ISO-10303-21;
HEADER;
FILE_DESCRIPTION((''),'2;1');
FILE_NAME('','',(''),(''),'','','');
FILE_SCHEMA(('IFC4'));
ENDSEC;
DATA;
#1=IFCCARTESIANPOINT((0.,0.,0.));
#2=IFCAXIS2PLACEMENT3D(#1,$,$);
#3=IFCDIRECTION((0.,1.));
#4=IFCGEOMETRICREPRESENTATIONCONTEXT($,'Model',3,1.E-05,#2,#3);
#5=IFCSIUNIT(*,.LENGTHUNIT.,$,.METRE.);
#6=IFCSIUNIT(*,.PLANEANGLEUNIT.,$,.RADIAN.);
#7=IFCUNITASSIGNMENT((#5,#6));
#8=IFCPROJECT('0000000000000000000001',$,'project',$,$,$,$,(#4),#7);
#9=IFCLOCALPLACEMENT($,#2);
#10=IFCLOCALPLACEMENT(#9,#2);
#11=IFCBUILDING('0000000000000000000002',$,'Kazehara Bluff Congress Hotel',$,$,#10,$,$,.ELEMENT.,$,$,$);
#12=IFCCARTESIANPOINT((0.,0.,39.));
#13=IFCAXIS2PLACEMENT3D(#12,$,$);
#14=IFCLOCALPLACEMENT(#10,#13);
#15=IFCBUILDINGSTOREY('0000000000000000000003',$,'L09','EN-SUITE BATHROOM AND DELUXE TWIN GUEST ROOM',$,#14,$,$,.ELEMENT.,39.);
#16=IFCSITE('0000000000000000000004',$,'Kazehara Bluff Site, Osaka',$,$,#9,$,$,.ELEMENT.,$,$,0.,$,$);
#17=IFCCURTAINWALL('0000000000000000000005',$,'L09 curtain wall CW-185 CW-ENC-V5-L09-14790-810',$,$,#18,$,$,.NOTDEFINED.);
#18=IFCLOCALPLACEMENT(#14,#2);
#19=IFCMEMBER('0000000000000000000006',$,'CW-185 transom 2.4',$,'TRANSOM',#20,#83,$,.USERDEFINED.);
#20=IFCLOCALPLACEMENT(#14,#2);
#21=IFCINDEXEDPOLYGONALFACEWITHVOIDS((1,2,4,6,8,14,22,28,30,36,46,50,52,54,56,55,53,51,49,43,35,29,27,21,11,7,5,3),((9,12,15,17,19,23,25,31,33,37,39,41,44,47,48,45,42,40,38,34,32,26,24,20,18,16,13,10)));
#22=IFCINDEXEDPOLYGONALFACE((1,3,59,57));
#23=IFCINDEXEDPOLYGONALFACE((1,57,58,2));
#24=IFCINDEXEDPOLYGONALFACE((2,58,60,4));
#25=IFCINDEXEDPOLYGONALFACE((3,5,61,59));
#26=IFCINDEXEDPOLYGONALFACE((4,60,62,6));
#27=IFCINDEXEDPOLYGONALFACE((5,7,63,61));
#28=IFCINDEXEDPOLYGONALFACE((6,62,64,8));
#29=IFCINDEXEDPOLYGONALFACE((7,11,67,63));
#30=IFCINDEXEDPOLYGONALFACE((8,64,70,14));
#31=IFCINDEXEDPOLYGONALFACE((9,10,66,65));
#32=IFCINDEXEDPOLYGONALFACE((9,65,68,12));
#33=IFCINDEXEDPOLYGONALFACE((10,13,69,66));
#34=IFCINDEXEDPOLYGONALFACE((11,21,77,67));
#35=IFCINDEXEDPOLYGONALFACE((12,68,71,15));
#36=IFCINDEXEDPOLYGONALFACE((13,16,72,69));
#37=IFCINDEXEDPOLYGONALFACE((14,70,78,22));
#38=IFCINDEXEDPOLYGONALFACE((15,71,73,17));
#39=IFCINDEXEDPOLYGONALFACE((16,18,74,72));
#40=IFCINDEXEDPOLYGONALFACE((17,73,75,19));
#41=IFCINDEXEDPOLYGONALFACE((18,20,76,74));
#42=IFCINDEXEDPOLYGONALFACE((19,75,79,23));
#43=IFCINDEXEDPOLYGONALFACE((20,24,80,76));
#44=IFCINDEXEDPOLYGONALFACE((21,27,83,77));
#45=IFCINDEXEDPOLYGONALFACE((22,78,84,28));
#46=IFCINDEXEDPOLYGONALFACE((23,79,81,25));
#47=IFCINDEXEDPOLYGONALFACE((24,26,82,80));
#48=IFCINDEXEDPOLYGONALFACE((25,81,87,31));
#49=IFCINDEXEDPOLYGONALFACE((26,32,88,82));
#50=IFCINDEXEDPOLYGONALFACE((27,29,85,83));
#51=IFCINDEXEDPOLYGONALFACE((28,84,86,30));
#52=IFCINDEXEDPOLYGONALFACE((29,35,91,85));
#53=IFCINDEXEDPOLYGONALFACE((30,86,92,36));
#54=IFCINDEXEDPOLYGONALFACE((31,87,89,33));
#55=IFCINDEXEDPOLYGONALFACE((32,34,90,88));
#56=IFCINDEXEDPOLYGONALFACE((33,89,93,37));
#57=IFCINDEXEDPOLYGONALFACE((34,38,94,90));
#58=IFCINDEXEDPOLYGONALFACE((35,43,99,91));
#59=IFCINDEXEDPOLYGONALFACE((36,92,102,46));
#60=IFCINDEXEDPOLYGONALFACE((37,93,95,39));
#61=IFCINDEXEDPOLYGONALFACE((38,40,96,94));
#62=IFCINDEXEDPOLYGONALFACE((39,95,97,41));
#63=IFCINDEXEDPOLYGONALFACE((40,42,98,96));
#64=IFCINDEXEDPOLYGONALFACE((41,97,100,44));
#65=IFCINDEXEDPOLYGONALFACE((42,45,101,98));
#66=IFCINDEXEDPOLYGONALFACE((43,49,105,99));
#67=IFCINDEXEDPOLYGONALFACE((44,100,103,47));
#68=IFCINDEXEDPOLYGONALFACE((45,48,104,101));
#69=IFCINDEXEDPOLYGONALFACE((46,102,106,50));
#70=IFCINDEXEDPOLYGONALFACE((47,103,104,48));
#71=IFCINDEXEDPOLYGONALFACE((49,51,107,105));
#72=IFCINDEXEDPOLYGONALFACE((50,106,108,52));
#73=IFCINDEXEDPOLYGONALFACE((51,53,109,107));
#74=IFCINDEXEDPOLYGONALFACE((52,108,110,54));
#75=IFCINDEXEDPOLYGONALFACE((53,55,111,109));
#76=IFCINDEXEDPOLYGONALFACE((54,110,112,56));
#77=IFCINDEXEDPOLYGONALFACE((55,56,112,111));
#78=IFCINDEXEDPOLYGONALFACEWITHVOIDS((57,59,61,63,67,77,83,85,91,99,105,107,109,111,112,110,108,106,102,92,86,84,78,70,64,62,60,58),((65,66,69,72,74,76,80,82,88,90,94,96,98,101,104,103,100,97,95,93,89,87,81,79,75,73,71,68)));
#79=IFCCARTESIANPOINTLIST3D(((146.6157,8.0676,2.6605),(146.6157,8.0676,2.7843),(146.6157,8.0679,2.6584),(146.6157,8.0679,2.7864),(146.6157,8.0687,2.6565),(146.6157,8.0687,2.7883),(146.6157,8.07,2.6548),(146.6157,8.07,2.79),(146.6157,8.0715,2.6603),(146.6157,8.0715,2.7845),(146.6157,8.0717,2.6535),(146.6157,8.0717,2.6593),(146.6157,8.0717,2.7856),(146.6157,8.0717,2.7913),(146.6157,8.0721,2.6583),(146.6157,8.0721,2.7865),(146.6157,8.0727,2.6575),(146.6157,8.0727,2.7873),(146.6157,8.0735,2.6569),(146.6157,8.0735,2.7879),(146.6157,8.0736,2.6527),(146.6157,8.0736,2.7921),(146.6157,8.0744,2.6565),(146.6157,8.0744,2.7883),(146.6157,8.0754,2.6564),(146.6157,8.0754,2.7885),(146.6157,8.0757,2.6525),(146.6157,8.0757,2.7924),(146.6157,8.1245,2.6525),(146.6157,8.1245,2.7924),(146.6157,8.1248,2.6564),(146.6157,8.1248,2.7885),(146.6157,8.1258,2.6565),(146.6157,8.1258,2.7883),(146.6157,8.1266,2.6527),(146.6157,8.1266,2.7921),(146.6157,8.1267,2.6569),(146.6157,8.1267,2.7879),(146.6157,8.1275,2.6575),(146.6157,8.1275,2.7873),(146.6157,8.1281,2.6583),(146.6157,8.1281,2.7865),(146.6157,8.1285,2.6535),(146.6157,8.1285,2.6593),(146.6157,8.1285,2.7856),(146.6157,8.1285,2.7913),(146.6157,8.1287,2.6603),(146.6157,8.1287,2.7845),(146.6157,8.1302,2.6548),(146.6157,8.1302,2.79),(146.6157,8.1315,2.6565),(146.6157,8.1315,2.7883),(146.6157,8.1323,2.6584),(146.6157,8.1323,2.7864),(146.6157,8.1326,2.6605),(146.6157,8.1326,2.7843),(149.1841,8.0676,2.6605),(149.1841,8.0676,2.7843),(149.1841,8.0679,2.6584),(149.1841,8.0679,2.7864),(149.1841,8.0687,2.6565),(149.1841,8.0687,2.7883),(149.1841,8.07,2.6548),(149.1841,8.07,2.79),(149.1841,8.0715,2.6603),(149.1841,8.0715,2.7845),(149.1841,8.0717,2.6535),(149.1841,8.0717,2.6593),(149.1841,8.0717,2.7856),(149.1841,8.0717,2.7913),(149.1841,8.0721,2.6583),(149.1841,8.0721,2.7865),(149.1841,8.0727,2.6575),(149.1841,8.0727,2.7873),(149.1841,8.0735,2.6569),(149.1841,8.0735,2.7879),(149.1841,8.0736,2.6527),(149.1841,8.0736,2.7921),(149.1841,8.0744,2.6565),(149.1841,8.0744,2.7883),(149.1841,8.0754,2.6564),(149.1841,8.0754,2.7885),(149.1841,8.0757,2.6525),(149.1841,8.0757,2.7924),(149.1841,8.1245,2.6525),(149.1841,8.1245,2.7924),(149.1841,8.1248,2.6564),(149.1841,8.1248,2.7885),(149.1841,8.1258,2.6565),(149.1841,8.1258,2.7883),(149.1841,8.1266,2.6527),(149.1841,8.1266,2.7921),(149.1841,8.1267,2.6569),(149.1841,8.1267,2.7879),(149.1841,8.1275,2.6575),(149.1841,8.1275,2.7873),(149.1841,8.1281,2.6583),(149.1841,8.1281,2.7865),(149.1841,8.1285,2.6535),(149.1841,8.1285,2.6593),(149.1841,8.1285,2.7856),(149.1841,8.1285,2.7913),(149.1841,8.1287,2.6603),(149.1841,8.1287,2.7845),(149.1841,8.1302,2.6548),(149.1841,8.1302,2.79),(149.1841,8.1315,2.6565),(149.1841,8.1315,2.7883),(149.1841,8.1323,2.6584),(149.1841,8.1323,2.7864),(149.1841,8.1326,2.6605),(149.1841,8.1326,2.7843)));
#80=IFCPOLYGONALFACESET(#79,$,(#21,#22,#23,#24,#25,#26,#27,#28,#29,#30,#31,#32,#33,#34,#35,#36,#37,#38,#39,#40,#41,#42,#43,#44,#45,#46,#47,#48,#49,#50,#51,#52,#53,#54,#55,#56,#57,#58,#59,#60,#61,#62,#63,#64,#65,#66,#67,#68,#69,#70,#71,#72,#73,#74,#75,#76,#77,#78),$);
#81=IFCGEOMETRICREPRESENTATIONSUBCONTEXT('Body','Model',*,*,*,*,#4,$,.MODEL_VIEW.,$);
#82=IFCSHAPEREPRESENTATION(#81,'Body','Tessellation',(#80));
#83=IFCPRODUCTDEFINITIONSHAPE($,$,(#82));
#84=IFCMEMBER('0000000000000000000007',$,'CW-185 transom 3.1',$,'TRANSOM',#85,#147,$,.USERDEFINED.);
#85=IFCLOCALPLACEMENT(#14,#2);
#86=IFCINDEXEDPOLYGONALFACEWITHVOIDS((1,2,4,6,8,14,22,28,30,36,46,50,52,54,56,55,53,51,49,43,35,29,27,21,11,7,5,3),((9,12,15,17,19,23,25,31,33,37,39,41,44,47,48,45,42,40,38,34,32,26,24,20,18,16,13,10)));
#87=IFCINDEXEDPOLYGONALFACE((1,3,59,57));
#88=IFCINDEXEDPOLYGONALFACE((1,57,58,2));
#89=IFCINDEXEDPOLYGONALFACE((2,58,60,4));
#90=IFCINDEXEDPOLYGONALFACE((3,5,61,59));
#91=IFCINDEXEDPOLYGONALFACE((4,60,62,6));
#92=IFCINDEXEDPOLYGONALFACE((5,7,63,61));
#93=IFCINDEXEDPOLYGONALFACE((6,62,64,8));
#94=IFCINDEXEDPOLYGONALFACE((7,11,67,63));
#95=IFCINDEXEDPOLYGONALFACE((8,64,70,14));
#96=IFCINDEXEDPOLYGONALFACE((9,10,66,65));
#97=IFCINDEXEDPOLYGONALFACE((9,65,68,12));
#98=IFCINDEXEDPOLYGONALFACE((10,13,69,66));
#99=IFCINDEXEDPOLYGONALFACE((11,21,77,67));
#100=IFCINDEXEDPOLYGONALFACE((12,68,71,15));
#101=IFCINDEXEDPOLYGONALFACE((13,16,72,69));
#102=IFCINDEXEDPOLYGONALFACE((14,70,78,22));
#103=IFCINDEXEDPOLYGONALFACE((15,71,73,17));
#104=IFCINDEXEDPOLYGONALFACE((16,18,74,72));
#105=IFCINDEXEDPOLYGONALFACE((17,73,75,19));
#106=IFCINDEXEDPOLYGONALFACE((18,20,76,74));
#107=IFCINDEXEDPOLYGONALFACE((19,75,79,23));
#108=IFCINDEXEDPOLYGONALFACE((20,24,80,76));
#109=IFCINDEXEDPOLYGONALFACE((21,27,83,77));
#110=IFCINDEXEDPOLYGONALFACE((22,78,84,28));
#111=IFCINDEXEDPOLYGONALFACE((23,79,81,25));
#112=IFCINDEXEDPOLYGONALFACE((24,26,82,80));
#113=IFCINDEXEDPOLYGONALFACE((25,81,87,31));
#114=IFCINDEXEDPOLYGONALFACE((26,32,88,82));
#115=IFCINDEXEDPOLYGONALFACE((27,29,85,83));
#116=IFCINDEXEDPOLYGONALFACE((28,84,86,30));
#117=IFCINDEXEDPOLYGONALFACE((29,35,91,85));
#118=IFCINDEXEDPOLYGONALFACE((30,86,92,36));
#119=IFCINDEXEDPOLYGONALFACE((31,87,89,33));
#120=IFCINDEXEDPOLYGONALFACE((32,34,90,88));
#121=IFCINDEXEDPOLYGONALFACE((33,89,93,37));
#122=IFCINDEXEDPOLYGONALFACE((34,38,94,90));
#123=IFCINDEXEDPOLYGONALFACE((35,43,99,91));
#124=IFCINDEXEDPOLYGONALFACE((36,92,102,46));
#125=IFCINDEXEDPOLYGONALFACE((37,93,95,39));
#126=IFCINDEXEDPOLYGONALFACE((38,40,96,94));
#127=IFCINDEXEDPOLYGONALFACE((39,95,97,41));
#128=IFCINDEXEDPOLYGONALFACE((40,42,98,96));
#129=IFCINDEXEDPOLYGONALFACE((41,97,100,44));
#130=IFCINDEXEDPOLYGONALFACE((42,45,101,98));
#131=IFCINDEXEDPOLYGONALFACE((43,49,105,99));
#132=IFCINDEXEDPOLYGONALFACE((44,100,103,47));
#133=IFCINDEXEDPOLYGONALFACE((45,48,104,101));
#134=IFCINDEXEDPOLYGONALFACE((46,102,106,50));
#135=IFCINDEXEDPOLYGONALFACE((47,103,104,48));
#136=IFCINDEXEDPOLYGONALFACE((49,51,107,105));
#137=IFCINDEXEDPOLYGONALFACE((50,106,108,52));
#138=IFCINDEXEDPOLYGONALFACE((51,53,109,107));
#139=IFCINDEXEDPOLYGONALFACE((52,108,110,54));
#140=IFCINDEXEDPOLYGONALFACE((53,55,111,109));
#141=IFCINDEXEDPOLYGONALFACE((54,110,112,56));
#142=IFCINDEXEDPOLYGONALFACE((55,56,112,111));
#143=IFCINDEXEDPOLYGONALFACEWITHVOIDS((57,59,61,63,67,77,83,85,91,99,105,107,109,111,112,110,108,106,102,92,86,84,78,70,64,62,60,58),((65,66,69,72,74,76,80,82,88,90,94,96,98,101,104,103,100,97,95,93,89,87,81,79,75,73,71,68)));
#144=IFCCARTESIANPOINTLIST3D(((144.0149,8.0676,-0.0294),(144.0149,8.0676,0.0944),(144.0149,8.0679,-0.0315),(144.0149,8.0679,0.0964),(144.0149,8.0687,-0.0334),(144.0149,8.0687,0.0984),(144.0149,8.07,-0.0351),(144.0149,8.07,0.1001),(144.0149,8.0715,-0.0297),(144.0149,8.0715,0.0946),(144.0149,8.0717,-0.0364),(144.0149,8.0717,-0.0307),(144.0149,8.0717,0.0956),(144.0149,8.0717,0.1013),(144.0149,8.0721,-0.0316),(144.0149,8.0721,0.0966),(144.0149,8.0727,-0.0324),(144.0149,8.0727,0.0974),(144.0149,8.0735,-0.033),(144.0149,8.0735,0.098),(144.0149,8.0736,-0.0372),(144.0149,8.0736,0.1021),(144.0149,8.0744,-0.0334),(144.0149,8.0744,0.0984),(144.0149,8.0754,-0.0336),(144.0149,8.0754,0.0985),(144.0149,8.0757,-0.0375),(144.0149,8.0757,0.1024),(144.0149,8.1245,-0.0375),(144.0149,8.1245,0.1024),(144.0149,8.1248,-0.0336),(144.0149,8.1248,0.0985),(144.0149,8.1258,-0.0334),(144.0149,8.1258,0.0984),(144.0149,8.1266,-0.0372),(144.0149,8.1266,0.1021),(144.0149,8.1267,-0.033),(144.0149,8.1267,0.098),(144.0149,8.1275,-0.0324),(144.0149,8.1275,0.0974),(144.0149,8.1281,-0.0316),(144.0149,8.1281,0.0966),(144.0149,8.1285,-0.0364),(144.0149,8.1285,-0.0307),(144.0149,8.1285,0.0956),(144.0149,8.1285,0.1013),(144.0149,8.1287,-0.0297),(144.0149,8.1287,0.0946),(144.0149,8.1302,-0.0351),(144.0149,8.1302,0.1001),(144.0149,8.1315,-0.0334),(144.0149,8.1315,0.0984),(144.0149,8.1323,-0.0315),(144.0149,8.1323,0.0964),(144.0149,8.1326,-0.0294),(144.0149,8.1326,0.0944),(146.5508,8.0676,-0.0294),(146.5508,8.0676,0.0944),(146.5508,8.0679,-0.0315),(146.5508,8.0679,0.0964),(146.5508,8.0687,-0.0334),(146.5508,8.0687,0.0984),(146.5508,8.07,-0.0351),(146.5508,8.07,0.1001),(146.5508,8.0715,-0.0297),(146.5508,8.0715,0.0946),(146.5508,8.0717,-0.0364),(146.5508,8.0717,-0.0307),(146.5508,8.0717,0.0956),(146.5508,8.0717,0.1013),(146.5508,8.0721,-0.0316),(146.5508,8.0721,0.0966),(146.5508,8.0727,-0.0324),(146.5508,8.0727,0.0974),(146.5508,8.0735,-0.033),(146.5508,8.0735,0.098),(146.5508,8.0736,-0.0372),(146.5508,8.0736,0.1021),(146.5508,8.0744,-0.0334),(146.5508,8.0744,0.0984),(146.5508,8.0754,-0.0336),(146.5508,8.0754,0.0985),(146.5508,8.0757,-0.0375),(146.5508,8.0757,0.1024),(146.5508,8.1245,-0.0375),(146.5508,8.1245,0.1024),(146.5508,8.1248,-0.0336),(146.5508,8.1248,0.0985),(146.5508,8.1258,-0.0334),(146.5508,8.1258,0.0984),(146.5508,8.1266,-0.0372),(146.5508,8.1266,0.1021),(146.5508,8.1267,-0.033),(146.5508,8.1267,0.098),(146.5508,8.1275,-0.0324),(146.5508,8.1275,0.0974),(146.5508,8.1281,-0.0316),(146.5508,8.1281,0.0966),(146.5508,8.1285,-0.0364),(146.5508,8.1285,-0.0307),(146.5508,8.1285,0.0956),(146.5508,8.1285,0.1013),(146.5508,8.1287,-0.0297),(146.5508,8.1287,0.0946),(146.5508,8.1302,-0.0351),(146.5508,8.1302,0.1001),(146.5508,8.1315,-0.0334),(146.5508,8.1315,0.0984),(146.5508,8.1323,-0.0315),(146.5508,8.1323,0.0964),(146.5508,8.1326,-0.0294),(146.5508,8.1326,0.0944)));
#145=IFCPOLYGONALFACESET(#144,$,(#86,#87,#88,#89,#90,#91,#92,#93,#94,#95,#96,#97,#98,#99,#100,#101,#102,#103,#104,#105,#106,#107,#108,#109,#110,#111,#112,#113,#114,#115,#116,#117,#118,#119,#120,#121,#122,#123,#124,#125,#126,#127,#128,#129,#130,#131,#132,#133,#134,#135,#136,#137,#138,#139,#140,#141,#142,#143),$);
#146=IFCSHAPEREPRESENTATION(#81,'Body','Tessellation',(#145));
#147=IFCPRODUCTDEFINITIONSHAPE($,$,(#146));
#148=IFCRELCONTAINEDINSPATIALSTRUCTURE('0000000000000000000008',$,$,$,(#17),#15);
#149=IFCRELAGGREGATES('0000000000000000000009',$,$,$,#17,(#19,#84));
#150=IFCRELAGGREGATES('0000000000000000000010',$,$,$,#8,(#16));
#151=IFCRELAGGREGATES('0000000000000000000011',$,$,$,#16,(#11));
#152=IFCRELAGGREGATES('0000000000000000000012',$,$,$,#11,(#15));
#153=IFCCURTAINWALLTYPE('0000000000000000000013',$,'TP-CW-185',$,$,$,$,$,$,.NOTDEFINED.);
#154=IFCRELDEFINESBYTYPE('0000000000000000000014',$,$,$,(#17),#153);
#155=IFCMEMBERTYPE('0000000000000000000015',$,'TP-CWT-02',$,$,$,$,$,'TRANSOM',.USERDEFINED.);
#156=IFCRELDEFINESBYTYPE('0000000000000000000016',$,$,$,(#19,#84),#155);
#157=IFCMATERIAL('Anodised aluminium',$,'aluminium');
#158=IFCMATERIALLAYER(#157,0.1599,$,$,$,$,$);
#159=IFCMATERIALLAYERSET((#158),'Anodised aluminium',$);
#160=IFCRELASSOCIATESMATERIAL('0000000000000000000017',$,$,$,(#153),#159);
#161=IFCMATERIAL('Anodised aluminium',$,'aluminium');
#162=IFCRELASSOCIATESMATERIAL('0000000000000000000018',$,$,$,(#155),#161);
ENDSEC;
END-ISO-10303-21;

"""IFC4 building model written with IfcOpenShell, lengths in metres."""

from ifc_helpers import new_model, si_unit, direction, frame, origin, origin_2d, place, context, subcontext, project, spatial, hollow_rectangle, extrude, material, layer, layer_set, material_profile, profile_set, type_object, element, aggregate, save


model = new_model("IFC4")

# Units and contexts
model_context = context("Model", 3, precision=1e-05, world=origin(), true_north=direction((0.0, 1.0)))
body_context = subcontext(model_context, "Body", "Model", "MODEL_VIEW")
ifc_project = project(units=[si_unit("LENGTHUNIT", "METRE"), si_unit("PLANEANGLEUNIT", "RADIAN")], contexts=[model_context])

# Site, building, storey
site_placement = place(None, origin())
site = spatial("IfcSite", under=ifc_project, at=site_placement, Name="Kazehara Bluff Site, Osaka", CompositionType="ELEMENT", RefElevation=0.0)
building_placement = place(site_placement, origin())
building = spatial("IfcBuilding", under=site, at=building_placement, Name="Kazehara Bluff Congress Hotel", CompositionType="ELEMENT")
storey_placement = place(building_placement, frame((0.0, 0.0, 39.0)))
storey = spatial("IfcBuildingStorey", under=building, at=storey_placement, Name="L09", Description="EN-SUITE BATHROOM AND DELUXE TWIN GUEST ROOM", CompositionType="ELEMENT", Elevation=39.0)

# Curtain wall, members
ifc_material_1 = material(Name="Anodised aluminium", Category="aluminium")
ifc_layer_1 = layer(ifc_material_1, 0.1599)
ifc_layer_set_1 = layer_set([ifc_layer_1], Name="Anodised aluminium")
curtain_wall_type = type_object("IfcCurtainWallType", Name="TP-CW-185", PredefinedType="NOTDEFINED", material=ifc_layer_set_1)
curtain_wall_placement = place(storey_placement, origin())
curtain_wall = element("IfcCurtainWall", 1, at=curtain_wall_placement, inside=storey, type_object=curtain_wall_type, Name="L09 curtain wall CW-185 CW-ENC-V5-L09-14790-810", PredefinedType="NOTDEFINED")
ifc_material_2 = material(Name="Anodised aluminium", Category="aluminium")
ifc_material_profile_1 = material_profile(ifc_material_2, hollow_rectangle(XDim=0.0649, YDim=0.1399, WallThickness=0.0039, InnerFilletRadius=0.0039, OuterFilletRadius=0.0081, at=origin_2d()))
ifc_profile_set_1 = profile_set([ifc_material_profile_1], Name="Anodised aluminium")
member_type_1 = type_object("IfcMemberType", Name="TP-CWT-02", ElementType="TRANSOM", PredefinedType="USERDEFINED", material=ifc_profile_set_1)
member_1_placement = place(storey_placement, frame((149.1841, 8.1001, 2.7224), z_axis=(-1.0, 0.0, 0.0), x_axis=(0.0, -1.0, 0.0)))
member_1 = element("IfcMember", 2, at=member_1_placement, type_object=member_type_1, Name="CW-185 transom 2.4", ObjectType="TRANSOM", PredefinedType="USERDEFINED", context=body_context, shape_type="SweptSolid", body=[
    extrude(hollow_rectangle(XDim=0.0649, YDim=0.1399, WallThickness=0.0039, InnerFilletRadius=0.0039, OuterFilletRadius=0.0081, at=origin_2d()), origin(), (0.0, 0.0, 1.0), 2.5684),
])
member_2_placement = place(storey_placement, frame((146.5508, 8.1001, 0.0325), z_axis=(-1.0, 0.0, 0.0), x_axis=(0.0, -1.0, 0.0)))
member_2 = element("IfcMember", 3, at=member_2_placement, type_object=member_type_1, Name="CW-185 transom 3.1", ObjectType="TRANSOM", PredefinedType="USERDEFINED", context=body_context, shape_type="SweptSolid", body=[
    extrude(hollow_rectangle(XDim=0.0649, YDim=0.1399, WallThickness=0.0039, InnerFilletRadius=0.0039, OuterFilletRadius=0.0081, at=origin_2d()), origin(), (0.0, 0.0, 1.0), 2.5359),
])

aggregate(curtain_wall, [member_1, member_2])

save(model, "model.ifc")
